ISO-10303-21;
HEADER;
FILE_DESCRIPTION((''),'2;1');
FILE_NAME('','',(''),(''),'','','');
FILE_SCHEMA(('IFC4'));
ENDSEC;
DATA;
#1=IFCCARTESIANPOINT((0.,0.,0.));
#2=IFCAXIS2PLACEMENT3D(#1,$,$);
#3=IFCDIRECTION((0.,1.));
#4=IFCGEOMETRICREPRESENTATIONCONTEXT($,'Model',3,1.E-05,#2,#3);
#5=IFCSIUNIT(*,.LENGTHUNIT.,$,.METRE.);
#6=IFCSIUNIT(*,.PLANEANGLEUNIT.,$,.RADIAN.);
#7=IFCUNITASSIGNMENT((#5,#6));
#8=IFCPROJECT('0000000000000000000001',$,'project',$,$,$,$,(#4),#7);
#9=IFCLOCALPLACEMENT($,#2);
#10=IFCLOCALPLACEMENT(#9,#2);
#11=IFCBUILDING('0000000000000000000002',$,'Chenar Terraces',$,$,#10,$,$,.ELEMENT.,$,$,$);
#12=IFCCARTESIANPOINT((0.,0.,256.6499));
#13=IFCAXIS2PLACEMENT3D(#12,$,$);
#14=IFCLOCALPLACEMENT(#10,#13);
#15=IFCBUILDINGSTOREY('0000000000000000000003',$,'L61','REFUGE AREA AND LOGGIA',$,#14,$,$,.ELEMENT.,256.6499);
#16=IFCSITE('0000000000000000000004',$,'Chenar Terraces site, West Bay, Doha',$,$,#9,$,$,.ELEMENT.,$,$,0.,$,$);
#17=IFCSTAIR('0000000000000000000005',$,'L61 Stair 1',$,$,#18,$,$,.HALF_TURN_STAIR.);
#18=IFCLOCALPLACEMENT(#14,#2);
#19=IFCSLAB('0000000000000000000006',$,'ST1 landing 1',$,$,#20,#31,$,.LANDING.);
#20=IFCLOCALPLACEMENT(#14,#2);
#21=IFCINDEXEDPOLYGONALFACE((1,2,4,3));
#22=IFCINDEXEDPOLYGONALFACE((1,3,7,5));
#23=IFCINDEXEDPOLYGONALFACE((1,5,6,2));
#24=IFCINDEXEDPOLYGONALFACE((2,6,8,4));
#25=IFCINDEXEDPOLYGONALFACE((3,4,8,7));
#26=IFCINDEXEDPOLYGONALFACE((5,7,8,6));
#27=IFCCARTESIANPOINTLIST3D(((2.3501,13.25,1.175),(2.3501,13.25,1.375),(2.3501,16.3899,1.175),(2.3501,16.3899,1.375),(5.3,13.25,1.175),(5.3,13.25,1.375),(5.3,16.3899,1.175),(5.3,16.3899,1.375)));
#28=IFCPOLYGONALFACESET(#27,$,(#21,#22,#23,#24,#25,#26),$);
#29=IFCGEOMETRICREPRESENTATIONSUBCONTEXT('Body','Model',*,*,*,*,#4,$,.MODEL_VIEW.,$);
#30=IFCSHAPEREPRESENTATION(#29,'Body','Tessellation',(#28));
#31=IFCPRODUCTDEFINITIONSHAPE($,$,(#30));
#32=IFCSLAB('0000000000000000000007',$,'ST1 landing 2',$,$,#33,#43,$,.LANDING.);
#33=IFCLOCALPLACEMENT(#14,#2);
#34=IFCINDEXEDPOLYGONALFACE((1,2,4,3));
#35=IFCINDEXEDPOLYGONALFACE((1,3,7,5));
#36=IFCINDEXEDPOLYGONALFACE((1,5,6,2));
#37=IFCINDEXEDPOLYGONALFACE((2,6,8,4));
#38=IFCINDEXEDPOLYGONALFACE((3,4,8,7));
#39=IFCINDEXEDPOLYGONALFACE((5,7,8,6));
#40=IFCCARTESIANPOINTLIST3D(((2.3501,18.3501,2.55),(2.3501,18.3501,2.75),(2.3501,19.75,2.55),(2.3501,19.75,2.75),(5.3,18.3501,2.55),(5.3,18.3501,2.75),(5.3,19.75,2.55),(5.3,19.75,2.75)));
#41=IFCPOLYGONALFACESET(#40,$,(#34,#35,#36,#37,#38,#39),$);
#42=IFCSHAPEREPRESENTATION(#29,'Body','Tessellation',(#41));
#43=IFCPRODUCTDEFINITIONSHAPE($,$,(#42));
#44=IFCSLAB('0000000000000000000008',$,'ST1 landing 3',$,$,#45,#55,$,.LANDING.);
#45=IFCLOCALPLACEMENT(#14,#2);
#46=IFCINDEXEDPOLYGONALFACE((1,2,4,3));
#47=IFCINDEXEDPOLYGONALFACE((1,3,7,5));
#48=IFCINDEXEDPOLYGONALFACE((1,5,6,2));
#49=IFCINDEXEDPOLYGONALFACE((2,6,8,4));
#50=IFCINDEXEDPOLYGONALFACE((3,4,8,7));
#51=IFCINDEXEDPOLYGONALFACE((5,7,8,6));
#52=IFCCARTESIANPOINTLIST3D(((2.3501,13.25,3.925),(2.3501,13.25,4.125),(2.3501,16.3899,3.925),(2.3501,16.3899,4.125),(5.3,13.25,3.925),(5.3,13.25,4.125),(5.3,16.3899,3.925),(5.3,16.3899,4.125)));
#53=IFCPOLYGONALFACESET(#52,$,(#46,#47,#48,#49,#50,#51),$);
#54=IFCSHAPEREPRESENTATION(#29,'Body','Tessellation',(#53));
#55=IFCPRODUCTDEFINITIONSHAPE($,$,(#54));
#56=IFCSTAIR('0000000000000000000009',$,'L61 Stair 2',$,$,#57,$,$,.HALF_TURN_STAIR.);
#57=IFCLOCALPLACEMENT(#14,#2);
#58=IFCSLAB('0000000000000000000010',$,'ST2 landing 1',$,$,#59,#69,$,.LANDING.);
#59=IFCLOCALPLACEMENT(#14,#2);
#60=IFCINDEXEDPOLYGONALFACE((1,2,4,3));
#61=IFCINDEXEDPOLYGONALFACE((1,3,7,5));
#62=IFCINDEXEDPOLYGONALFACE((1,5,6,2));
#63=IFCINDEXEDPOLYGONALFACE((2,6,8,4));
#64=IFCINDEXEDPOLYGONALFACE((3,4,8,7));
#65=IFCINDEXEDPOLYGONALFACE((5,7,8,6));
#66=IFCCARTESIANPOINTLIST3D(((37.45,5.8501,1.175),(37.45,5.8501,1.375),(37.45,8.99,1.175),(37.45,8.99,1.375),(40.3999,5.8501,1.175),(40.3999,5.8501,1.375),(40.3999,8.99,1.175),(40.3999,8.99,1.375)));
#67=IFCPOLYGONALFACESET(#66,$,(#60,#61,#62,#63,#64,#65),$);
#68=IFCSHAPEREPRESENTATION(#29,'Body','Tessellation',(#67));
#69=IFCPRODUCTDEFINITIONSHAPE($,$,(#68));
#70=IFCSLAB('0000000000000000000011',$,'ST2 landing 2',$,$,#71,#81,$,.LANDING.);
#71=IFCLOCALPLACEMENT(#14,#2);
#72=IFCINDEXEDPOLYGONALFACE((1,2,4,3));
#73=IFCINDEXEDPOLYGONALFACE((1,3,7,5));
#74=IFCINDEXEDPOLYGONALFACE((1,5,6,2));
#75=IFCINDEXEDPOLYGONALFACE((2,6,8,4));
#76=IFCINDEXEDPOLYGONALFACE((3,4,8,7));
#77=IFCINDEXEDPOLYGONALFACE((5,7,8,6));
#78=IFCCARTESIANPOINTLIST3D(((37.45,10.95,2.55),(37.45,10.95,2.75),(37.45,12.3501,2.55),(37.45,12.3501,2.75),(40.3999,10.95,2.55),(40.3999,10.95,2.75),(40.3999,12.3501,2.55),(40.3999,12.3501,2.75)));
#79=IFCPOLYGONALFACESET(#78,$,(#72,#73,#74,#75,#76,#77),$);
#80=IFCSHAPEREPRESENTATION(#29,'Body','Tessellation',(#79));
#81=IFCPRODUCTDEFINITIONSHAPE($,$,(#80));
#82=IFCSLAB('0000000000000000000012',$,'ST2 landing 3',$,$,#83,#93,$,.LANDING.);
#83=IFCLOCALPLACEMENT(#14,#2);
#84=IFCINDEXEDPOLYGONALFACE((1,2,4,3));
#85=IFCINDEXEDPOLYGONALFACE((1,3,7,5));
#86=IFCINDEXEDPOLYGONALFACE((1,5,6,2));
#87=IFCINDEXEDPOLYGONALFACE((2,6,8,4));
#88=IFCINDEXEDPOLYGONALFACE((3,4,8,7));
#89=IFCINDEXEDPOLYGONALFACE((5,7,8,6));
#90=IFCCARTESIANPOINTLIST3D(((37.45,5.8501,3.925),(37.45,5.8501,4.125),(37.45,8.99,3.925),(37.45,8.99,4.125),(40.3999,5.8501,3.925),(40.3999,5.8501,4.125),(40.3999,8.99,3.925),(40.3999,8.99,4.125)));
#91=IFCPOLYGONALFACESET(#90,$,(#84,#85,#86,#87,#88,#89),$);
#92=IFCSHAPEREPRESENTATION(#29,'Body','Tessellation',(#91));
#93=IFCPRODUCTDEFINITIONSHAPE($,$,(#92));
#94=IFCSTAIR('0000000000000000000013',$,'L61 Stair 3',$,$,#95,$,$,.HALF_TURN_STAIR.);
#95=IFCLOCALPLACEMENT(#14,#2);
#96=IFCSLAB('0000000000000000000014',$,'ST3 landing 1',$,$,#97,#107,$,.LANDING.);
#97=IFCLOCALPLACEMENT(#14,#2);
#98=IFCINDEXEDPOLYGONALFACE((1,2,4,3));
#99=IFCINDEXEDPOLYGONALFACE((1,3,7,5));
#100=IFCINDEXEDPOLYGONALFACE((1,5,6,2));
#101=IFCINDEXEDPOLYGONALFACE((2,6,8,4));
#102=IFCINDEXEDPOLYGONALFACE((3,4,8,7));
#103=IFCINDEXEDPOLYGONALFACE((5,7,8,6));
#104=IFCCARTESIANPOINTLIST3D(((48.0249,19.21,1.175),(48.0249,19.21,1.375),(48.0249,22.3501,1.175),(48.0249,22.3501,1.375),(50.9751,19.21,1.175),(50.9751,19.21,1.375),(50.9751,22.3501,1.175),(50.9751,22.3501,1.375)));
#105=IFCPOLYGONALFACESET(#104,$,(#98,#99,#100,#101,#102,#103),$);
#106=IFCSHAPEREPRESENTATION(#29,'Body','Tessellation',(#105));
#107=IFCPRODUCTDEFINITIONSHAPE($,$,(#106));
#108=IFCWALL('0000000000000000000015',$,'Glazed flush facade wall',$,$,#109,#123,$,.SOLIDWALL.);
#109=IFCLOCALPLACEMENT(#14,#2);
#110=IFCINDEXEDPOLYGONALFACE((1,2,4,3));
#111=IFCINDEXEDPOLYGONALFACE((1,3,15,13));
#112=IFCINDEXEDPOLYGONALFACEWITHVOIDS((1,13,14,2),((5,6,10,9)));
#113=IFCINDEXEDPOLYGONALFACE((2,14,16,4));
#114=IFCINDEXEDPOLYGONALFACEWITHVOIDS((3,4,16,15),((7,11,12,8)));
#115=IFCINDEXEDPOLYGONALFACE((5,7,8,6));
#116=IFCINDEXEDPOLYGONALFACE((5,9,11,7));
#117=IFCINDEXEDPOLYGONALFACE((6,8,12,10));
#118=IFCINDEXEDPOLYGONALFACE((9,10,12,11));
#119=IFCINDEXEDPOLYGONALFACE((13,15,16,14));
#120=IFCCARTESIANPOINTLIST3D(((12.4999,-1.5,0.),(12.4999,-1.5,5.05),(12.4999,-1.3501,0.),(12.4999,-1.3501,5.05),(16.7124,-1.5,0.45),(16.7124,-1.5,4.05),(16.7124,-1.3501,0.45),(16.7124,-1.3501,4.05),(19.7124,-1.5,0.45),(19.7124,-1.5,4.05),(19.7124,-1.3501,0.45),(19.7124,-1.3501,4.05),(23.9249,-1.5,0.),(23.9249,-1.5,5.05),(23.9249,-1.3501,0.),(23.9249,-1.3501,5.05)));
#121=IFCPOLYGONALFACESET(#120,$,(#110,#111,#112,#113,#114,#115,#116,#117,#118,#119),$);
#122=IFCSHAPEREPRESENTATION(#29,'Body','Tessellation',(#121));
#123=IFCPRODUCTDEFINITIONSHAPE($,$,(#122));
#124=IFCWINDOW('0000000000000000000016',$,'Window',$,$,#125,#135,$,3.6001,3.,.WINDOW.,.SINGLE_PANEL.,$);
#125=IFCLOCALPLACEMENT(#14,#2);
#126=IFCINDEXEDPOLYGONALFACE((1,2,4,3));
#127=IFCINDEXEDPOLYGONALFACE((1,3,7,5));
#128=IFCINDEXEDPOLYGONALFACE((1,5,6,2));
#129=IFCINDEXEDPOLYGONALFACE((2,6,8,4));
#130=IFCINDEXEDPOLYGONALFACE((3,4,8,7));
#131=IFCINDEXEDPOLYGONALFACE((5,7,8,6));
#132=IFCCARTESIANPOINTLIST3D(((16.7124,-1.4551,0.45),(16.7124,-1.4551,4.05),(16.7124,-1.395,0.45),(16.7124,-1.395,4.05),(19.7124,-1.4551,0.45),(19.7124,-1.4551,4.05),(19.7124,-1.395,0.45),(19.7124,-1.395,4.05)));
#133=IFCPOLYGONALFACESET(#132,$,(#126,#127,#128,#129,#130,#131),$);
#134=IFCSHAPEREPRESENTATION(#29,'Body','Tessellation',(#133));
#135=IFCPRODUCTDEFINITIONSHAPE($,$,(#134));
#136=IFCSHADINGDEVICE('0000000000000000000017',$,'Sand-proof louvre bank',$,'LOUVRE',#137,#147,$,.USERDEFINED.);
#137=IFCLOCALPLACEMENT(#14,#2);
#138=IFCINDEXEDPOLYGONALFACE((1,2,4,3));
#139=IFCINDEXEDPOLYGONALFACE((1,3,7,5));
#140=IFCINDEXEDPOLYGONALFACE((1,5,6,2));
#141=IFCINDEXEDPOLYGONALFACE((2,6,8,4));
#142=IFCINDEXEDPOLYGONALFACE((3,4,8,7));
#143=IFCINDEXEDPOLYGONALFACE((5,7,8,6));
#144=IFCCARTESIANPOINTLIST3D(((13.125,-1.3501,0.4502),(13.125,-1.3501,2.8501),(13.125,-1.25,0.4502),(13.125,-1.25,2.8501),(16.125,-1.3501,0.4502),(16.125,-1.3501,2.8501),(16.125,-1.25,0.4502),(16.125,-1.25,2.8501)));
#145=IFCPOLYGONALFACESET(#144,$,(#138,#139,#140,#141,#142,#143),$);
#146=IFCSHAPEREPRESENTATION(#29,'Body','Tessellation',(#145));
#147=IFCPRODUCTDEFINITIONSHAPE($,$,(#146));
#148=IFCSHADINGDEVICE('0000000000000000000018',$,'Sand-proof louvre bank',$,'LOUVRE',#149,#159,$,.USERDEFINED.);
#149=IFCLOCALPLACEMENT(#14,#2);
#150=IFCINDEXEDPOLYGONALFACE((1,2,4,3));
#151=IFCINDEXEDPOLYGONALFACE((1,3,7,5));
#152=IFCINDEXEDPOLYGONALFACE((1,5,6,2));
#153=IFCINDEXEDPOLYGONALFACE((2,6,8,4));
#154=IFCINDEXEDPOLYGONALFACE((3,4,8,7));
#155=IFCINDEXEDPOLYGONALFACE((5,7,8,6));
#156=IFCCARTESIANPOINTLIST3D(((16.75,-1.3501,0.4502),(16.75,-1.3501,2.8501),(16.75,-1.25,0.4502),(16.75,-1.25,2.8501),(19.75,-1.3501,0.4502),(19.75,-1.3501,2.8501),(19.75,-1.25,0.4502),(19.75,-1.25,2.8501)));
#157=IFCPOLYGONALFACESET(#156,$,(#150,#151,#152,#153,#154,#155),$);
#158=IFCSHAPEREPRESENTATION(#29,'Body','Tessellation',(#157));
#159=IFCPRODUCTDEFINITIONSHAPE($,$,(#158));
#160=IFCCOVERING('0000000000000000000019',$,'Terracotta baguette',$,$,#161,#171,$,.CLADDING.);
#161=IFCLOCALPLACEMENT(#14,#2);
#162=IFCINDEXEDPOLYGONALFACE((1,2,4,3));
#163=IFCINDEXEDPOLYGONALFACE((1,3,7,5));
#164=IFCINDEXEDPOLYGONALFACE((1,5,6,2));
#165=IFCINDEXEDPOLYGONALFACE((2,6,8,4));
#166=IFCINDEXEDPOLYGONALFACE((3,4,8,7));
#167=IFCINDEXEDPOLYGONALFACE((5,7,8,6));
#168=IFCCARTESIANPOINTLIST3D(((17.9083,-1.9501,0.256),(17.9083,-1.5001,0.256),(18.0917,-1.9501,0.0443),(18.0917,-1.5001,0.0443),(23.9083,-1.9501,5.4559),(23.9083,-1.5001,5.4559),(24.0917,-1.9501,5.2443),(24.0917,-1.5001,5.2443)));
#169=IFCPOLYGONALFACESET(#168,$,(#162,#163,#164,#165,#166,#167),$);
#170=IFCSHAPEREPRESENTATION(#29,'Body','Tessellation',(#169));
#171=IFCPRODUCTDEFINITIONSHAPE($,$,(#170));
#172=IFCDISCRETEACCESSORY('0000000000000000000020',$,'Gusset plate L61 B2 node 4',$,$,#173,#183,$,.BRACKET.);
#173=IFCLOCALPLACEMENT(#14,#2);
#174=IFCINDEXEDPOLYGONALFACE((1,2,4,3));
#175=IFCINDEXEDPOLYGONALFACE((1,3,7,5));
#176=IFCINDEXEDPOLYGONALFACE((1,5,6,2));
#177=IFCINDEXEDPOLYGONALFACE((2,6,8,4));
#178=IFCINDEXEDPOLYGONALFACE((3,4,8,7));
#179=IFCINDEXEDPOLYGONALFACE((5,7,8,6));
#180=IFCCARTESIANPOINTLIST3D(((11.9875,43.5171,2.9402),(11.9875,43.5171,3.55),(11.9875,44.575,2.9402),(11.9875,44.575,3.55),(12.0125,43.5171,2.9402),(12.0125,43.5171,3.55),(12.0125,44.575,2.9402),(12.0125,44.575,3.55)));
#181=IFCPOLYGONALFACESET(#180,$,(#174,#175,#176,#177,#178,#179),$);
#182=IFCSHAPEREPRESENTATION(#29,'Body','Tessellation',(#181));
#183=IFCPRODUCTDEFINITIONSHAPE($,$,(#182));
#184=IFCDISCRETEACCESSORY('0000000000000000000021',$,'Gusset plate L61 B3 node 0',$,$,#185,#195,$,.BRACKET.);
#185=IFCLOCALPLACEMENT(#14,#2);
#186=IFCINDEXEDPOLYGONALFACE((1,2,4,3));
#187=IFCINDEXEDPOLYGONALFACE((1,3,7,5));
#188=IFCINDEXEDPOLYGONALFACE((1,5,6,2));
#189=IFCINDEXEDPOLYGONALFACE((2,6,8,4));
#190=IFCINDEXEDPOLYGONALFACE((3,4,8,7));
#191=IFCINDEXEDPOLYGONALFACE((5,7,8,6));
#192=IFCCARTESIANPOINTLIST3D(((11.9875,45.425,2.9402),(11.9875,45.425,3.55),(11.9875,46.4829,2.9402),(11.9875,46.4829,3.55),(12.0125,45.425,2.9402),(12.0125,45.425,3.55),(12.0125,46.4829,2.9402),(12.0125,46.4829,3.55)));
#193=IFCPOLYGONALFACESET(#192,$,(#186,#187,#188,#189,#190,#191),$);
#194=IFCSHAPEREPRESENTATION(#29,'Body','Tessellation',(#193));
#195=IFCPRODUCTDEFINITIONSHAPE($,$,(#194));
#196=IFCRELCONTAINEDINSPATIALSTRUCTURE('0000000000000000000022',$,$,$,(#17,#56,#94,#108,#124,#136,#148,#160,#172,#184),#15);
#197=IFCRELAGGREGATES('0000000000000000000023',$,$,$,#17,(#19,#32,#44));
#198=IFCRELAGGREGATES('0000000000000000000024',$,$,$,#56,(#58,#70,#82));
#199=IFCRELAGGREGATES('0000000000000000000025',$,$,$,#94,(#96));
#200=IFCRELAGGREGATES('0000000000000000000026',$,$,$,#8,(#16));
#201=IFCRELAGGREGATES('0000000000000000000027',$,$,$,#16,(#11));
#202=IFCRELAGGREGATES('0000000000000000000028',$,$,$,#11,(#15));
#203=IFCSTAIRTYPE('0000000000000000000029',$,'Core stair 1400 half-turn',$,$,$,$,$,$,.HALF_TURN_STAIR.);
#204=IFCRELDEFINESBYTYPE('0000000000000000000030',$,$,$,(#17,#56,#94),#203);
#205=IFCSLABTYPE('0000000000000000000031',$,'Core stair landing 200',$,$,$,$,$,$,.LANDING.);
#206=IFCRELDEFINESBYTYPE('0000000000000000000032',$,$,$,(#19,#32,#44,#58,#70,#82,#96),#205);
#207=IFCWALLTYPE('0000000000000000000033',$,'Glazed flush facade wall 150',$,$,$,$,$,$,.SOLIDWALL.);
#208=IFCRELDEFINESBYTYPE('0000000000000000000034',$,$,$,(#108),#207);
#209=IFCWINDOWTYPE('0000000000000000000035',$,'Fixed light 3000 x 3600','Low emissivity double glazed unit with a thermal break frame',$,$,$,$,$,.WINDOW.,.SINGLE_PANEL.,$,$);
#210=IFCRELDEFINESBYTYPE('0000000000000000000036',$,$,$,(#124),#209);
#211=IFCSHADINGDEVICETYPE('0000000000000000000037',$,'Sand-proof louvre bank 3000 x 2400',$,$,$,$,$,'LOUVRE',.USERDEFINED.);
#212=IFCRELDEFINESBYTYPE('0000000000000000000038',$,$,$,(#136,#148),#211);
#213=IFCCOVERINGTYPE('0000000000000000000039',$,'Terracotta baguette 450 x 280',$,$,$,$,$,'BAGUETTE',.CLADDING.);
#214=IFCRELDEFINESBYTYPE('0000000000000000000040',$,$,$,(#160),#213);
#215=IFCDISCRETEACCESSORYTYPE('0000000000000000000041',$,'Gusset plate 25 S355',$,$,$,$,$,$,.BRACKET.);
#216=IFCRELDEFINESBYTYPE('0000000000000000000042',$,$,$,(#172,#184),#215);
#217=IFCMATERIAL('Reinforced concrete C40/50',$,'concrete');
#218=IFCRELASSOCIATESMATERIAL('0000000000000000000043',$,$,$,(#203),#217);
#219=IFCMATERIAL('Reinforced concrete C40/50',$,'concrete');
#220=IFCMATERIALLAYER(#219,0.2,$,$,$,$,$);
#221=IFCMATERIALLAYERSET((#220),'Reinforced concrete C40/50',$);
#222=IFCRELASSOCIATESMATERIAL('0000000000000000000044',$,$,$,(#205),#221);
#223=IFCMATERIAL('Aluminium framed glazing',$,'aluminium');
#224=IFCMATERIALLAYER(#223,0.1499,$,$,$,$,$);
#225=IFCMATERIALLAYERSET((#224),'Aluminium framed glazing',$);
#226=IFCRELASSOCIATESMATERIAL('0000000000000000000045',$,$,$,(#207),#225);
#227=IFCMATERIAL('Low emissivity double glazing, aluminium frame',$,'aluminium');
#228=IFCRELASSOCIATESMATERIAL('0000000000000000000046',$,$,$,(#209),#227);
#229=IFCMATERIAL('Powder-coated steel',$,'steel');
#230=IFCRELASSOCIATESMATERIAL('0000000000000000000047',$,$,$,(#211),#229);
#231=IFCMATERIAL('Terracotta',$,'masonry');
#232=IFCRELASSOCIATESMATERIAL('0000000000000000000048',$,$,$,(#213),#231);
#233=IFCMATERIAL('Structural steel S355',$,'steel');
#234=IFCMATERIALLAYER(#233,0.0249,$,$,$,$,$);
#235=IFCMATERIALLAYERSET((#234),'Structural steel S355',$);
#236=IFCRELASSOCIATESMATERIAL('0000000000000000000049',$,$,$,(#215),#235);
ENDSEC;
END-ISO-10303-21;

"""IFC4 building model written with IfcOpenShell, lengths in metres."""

from ifc_helpers import new_model, si_unit, direction, frame, frame_2d, origin, origin_2d, place, context, subcontext, project, spatial, polyline, rectangle, outline, extrude, material, layer, layer_set, material_profile, profile_set, type_object, element, fill, aggregate, save


model = new_model("IFC4")

# Units and contexts
model_context = context("Model", 3, precision=1e-05, world=origin(), true_north=direction((0.0, 1.0)))
body_context = subcontext(model_context, "Body", "Model", "MODEL_VIEW")
ifc_project = project(units=[si_unit("LENGTHUNIT", "METRE"), si_unit("PLANEANGLEUNIT", "RADIAN")], contexts=[model_context])

# Site, building, storey
site_placement = place(None, origin())
site = spatial("IfcSite", under=ifc_project, at=site_placement, Name="Chenar Terraces site, West Bay, Doha", CompositionType="ELEMENT", RefElevation=0.0)
building_placement = place(site_placement, origin())
building = spatial("IfcBuilding", under=site, at=building_placement, Name="Chenar Terraces", CompositionType="ELEMENT")
storey_placement = place(building_placement, frame((0.0, 0.0, 256.6499)))
storey = spatial("IfcBuildingStorey", under=building, at=storey_placement, Name="L61", Description="REFUGE AREA AND LOGGIA", CompositionType="ELEMENT", Elevation=256.6499)

# Stairs, slabs
ifc_material_1 = material(Name="Reinforced concrete C40/50", Category="concrete")
stair_type = type_object("IfcStairType", Name="Core stair 1400 half-turn", PredefinedType="HALF_TURN_STAIR", material=ifc_material_1)
placement_1 = place(storey_placement, origin())
stair_1 = element("IfcStair", 1, at=placement_1, inside=storey, type_object=stair_type, Name="L61 Stair 1", PredefinedType="HALF_TURN_STAIR")
ifc_material_2 = material(Name="Reinforced concrete C40/50", Category="concrete")
ifc_layer_1 = layer(ifc_material_2, 0.2)
ifc_layer_set_1 = layer_set([ifc_layer_1], Name="Reinforced concrete C40/50")
slab_type = type_object("IfcSlabType", Name="Core stair landing 200", PredefinedType="LANDING", material=ifc_layer_set_1)
placement_2 = place(storey_placement, frame((0.0, 0.0, 1.175)))
slab_1 = element("IfcSlab", 2, at=placement_2, type_object=slab_type, Name="ST1 landing 1", PredefinedType="LANDING", context=body_context, shape_type="SweptSolid", body=[
    extrude(outline(polyline([(2.3501, 16.3899), (2.3501, 13.25), (5.3, 13.25), (5.3, 16.3899), (2.3501, 16.3899)])), origin(), (0.0, 0.0, 1.0), 0.2),
])
placement_3 = place(storey_placement, frame((0.0, 0.0, 2.55)))
slab_2 = element("IfcSlab", 3, at=placement_3, type_object=slab_type, Name="ST1 landing 2", PredefinedType="LANDING", context=body_context, shape_type="SweptSolid", body=[
    extrude(outline(polyline([(2.3501, 19.75), (2.3501, 18.3501), (5.3, 18.3501), (5.3, 19.75), (2.3501, 19.75)])), origin(), (0.0, 0.0, 1.0), 0.2),
])
placement_4 = place(storey_placement, frame((0.0, 0.0, 3.925)))
slab_3 = element("IfcSlab", 4, at=placement_4, type_object=slab_type, Name="ST1 landing 3", PredefinedType="LANDING", context=body_context, shape_type="SweptSolid", body=[
    extrude(outline(polyline([(2.3501, 16.3899), (2.3501, 13.25), (5.3, 13.25), (5.3, 16.3899), (2.3501, 16.3899)])), origin(), (0.0, 0.0, 1.0), 0.2),
])
aggregate(stair_1, [slab_1, slab_2, slab_3])
stair_2 = element("IfcStair", 5, at=placement_1, inside=storey, type_object=stair_type, Name="L61 Stair 2", PredefinedType="HALF_TURN_STAIR")
slab_4 = element("IfcSlab", 6, at=placement_2, type_object=slab_type, Name="ST2 landing 1", PredefinedType="LANDING", context=body_context, shape_type="SweptSolid", body=[
    extrude(outline(polyline([(37.45, 8.99), (37.45, 5.8501), (40.3999, 5.8501), (40.3999, 8.99), (37.45, 8.99)])), origin(), (0.0, 0.0, 1.0), 0.2),
])
slab_5 = element("IfcSlab", 7, at=placement_3, type_object=slab_type, Name="ST2 landing 2", PredefinedType="LANDING", context=body_context, shape_type="SweptSolid", body=[
    extrude(outline(polyline([(37.45, 12.3501), (37.45, 10.95), (40.3999, 10.95), (40.3999, 12.3501), (37.45, 12.3501)])), origin(), (0.0, 0.0, 1.0), 0.2),
])
slab_6 = element("IfcSlab", 8, at=placement_4, type_object=slab_type, Name="ST2 landing 3", PredefinedType="LANDING", context=body_context, shape_type="SweptSolid", body=[
    extrude(outline(polyline([(37.45, 8.99), (37.45, 5.8501), (40.3999, 5.8501), (40.3999, 8.99), (37.45, 8.99)])), origin(), (0.0, 0.0, 1.0), 0.2),
])
aggregate(stair_2, [slab_4, slab_5, slab_6])

# Stair, slab
stair_3 = element("IfcStair", 9, at=placement_1, inside=storey, type_object=stair_type, Name="L61 Stair 3", PredefinedType="HALF_TURN_STAIR")
slab_7 = element("IfcSlab", 10, at=placement_2, type_object=slab_type, Name="ST3 landing 1", PredefinedType="LANDING", context=body_context, shape_type="SweptSolid", body=[
    extrude(outline(polyline([(50.9751, 19.21), (50.9751, 22.3501), (48.0249, 22.3501), (48.0249, 19.21), (50.9751, 19.21)])), origin(), (0.0, 0.0, 1.0), 0.2),
])
aggregate(stair_3, [slab_7])

# Wall, opening, window
ifc_material_3 = material(Name="Aluminium framed glazing", Category="aluminium")
ifc_layer_2 = layer(ifc_material_3, 0.1499)
ifc_layer_set_2 = layer_set([ifc_layer_2], Name="Aluminium framed glazing")
wall_type = type_object("IfcWallType", Name="Glazed flush facade wall 150", PredefinedType="SOLIDWALL", material=ifc_layer_set_2)
wall_placement = place(storey_placement, frame((12.5, -1.425, 0.0), z_axis=(0.0, 0.0, 1.0), x_axis=(1.0, 0.0, 0.0)))
wall = element("IfcWall", 11, at=wall_placement, inside=storey, type_object=wall_type, Name="Glazed flush facade wall", PredefinedType="SOLIDWALL", context=body_context, shape_type="SweptSolid", body=[
    extrude(rectangle(XDim=11.425, YDim=0.1499, at=frame_2d((5.7124, 0.0))), origin(), (0.0, 0.0, 1.0), 5.05),
])
opening_placement = place(wall_placement, frame((4.2124, 0.0, 0.45)))
opening = element("IfcOpeningElement", 12, at=opening_placement, cuts=wall, PredefinedType="OPENING", context=body_context, shape_type="SweptSolid", body=[
    extrude(rectangle(XDim=3.0, YDim=3.6001, at=frame_2d((1.5, 1.8))), frame((0.0, 0.085, 0.0), z_axis=(0.0, -1.0, 0.0), x_axis=(1.0, 0.0, 0.0)), (0.0, 0.0, 1.0), 0.1699),
])
ifc_material_4 = material(Name="Low emissivity double glazing, aluminium frame", Category="aluminium")
window_type = type_object("IfcWindowType", Name="Fixed light 3000 x 3600", Description="Low emissivity double glazed unit with a thermal break frame", PartitioningType="SINGLE_PANEL", PredefinedType="WINDOW", material=ifc_material_4)
window_placement = place(opening_placement, origin())
window = element("IfcWindow", 13, at=window_placement, inside=storey, type_object=window_type, Name="Window", OverallHeight=3.6001, OverallWidth=3.0, PartitioningType="SINGLE_PANEL", PredefinedType="WINDOW", context=body_context, shape_type="SweptSolid", body=[
    extrude(rectangle(XDim=3.0, YDim=3.6001, at=frame_2d((1.5, 1.8))), frame((0.0, 0.03, 0.0), z_axis=(0.0, -1.0, 0.0), x_axis=(1.0, 0.0, 0.0)), (0.0, 0.0, 1.0), 0.0601),
])
fill(opening, window)

# Shading devices
ifc_material_5 = material(Name="Powder-coated steel", Category="steel")
shading_device_type = type_object("IfcShadingDeviceType", Name="Sand-proof louvre bank 3000 x 2400", ElementType="LOUVRE", PredefinedType="USERDEFINED", material=ifc_material_5)
for number, where, z_axis, x_axis, name in (
    (14, (14.625, -1.3, 0.4502), (0.0, 0.0, 1.0), (1.0, 0.0, 0.0), "Sand-proof louvre bank"),
    (15, (18.25, -1.3, 0.4502), (0.0, 0.0, 1.0), (1.0, 0.0, 0.0), "Sand-proof louvre bank"),
):
    element("IfcShadingDevice", number, at=place(storey_placement, frame(where, z_axis=z_axis, x_axis=x_axis)), inside=storey, type_object=shading_device_type, Name=name, ObjectType="LOUVRE", PredefinedType="USERDEFINED", context=body_context, shape_type="SweptSolid", body=[
        extrude(rectangle(XDim=3.0, YDim=0.1001, at=origin_2d()), origin(), (0.0, 0.0, 1.0), 2.3999),
    ])

# Covering
ifc_material_6 = material(Name="Terracotta", Category="masonry")
ifc_material_profile = material_profile(ifc_material_6, rectangle(XDim=0.45, YDim=0.28, at=origin_2d()), Name="Terracotta baguette 450 x 280")
ifc_profile_set = profile_set([ifc_material_profile], Name="Terracotta")
covering_type = type_object("IfcCoveringType", Name="Terracotta baguette 450 x 280", ElementType="BAGUETTE", PredefinedType="CLADDING", material=ifc_profile_set)
covering_placement = place(storey_placement, frame((18.0, -1.7251, 0.1501), z_axis=(0.755692, 0.0, 0.654927), x_axis=(0.0, 1.0, 0.0)))
element("IfcCovering", 16, at=covering_placement, inside=storey, type_object=covering_type, Name="Terracotta baguette", PredefinedType="CLADDING", context=body_context, shape_type="SweptSolid", body=[
    extrude(rectangle(XDim=0.45, YDim=0.28, at=origin_2d()), origin(), (0.0, 0.0, 1.0), 7.9397),
])

# Discrete accessories
ifc_material_7 = material(Name="Structural steel S355", Category="steel")
ifc_layer_3 = layer(ifc_material_7, 0.0249)
ifc_layer_set_3 = layer_set([ifc_layer_3], Name="Structural steel S355")
discrete_accessory_type = type_object("IfcDiscreteAccessoryType", Name="Gusset plate 25 S355", PredefinedType="BRACKET", material=ifc_layer_set_3)
placement_5 = place(storey_placement, frame((0.0, 0.0, 2.9402)))
element("IfcDiscreteAccessory", 17, at=placement_5, inside=storey, type_object=discrete_accessory_type, Name="Gusset plate L61 B2 node 4", PredefinedType="BRACKET", context=body_context, shape_type="SweptSolid", body=[
    extrude(outline(polyline([(12.0125, 43.5171), (12.0125, 44.575), (11.9875, 44.575), (11.9875, 43.5171), (12.0125, 43.5171)])), origin(), (0.0, 0.0, 1.0), 0.6099),
])
element("IfcDiscreteAccessory", 18, at=placement_5, inside=storey, type_object=discrete_accessory_type, Name="Gusset plate L61 B3 node 0", PredefinedType="BRACKET", context=body_context, shape_type="SweptSolid", body=[
    extrude(outline(polyline([(12.0125, 45.425), (12.0125, 46.4829), (11.9875, 46.4829), (11.9875, 45.425), (12.0125, 45.425)])), origin(), (0.0, 0.0, 1.0), 0.6099),
])

save(model, "model.ifc")
